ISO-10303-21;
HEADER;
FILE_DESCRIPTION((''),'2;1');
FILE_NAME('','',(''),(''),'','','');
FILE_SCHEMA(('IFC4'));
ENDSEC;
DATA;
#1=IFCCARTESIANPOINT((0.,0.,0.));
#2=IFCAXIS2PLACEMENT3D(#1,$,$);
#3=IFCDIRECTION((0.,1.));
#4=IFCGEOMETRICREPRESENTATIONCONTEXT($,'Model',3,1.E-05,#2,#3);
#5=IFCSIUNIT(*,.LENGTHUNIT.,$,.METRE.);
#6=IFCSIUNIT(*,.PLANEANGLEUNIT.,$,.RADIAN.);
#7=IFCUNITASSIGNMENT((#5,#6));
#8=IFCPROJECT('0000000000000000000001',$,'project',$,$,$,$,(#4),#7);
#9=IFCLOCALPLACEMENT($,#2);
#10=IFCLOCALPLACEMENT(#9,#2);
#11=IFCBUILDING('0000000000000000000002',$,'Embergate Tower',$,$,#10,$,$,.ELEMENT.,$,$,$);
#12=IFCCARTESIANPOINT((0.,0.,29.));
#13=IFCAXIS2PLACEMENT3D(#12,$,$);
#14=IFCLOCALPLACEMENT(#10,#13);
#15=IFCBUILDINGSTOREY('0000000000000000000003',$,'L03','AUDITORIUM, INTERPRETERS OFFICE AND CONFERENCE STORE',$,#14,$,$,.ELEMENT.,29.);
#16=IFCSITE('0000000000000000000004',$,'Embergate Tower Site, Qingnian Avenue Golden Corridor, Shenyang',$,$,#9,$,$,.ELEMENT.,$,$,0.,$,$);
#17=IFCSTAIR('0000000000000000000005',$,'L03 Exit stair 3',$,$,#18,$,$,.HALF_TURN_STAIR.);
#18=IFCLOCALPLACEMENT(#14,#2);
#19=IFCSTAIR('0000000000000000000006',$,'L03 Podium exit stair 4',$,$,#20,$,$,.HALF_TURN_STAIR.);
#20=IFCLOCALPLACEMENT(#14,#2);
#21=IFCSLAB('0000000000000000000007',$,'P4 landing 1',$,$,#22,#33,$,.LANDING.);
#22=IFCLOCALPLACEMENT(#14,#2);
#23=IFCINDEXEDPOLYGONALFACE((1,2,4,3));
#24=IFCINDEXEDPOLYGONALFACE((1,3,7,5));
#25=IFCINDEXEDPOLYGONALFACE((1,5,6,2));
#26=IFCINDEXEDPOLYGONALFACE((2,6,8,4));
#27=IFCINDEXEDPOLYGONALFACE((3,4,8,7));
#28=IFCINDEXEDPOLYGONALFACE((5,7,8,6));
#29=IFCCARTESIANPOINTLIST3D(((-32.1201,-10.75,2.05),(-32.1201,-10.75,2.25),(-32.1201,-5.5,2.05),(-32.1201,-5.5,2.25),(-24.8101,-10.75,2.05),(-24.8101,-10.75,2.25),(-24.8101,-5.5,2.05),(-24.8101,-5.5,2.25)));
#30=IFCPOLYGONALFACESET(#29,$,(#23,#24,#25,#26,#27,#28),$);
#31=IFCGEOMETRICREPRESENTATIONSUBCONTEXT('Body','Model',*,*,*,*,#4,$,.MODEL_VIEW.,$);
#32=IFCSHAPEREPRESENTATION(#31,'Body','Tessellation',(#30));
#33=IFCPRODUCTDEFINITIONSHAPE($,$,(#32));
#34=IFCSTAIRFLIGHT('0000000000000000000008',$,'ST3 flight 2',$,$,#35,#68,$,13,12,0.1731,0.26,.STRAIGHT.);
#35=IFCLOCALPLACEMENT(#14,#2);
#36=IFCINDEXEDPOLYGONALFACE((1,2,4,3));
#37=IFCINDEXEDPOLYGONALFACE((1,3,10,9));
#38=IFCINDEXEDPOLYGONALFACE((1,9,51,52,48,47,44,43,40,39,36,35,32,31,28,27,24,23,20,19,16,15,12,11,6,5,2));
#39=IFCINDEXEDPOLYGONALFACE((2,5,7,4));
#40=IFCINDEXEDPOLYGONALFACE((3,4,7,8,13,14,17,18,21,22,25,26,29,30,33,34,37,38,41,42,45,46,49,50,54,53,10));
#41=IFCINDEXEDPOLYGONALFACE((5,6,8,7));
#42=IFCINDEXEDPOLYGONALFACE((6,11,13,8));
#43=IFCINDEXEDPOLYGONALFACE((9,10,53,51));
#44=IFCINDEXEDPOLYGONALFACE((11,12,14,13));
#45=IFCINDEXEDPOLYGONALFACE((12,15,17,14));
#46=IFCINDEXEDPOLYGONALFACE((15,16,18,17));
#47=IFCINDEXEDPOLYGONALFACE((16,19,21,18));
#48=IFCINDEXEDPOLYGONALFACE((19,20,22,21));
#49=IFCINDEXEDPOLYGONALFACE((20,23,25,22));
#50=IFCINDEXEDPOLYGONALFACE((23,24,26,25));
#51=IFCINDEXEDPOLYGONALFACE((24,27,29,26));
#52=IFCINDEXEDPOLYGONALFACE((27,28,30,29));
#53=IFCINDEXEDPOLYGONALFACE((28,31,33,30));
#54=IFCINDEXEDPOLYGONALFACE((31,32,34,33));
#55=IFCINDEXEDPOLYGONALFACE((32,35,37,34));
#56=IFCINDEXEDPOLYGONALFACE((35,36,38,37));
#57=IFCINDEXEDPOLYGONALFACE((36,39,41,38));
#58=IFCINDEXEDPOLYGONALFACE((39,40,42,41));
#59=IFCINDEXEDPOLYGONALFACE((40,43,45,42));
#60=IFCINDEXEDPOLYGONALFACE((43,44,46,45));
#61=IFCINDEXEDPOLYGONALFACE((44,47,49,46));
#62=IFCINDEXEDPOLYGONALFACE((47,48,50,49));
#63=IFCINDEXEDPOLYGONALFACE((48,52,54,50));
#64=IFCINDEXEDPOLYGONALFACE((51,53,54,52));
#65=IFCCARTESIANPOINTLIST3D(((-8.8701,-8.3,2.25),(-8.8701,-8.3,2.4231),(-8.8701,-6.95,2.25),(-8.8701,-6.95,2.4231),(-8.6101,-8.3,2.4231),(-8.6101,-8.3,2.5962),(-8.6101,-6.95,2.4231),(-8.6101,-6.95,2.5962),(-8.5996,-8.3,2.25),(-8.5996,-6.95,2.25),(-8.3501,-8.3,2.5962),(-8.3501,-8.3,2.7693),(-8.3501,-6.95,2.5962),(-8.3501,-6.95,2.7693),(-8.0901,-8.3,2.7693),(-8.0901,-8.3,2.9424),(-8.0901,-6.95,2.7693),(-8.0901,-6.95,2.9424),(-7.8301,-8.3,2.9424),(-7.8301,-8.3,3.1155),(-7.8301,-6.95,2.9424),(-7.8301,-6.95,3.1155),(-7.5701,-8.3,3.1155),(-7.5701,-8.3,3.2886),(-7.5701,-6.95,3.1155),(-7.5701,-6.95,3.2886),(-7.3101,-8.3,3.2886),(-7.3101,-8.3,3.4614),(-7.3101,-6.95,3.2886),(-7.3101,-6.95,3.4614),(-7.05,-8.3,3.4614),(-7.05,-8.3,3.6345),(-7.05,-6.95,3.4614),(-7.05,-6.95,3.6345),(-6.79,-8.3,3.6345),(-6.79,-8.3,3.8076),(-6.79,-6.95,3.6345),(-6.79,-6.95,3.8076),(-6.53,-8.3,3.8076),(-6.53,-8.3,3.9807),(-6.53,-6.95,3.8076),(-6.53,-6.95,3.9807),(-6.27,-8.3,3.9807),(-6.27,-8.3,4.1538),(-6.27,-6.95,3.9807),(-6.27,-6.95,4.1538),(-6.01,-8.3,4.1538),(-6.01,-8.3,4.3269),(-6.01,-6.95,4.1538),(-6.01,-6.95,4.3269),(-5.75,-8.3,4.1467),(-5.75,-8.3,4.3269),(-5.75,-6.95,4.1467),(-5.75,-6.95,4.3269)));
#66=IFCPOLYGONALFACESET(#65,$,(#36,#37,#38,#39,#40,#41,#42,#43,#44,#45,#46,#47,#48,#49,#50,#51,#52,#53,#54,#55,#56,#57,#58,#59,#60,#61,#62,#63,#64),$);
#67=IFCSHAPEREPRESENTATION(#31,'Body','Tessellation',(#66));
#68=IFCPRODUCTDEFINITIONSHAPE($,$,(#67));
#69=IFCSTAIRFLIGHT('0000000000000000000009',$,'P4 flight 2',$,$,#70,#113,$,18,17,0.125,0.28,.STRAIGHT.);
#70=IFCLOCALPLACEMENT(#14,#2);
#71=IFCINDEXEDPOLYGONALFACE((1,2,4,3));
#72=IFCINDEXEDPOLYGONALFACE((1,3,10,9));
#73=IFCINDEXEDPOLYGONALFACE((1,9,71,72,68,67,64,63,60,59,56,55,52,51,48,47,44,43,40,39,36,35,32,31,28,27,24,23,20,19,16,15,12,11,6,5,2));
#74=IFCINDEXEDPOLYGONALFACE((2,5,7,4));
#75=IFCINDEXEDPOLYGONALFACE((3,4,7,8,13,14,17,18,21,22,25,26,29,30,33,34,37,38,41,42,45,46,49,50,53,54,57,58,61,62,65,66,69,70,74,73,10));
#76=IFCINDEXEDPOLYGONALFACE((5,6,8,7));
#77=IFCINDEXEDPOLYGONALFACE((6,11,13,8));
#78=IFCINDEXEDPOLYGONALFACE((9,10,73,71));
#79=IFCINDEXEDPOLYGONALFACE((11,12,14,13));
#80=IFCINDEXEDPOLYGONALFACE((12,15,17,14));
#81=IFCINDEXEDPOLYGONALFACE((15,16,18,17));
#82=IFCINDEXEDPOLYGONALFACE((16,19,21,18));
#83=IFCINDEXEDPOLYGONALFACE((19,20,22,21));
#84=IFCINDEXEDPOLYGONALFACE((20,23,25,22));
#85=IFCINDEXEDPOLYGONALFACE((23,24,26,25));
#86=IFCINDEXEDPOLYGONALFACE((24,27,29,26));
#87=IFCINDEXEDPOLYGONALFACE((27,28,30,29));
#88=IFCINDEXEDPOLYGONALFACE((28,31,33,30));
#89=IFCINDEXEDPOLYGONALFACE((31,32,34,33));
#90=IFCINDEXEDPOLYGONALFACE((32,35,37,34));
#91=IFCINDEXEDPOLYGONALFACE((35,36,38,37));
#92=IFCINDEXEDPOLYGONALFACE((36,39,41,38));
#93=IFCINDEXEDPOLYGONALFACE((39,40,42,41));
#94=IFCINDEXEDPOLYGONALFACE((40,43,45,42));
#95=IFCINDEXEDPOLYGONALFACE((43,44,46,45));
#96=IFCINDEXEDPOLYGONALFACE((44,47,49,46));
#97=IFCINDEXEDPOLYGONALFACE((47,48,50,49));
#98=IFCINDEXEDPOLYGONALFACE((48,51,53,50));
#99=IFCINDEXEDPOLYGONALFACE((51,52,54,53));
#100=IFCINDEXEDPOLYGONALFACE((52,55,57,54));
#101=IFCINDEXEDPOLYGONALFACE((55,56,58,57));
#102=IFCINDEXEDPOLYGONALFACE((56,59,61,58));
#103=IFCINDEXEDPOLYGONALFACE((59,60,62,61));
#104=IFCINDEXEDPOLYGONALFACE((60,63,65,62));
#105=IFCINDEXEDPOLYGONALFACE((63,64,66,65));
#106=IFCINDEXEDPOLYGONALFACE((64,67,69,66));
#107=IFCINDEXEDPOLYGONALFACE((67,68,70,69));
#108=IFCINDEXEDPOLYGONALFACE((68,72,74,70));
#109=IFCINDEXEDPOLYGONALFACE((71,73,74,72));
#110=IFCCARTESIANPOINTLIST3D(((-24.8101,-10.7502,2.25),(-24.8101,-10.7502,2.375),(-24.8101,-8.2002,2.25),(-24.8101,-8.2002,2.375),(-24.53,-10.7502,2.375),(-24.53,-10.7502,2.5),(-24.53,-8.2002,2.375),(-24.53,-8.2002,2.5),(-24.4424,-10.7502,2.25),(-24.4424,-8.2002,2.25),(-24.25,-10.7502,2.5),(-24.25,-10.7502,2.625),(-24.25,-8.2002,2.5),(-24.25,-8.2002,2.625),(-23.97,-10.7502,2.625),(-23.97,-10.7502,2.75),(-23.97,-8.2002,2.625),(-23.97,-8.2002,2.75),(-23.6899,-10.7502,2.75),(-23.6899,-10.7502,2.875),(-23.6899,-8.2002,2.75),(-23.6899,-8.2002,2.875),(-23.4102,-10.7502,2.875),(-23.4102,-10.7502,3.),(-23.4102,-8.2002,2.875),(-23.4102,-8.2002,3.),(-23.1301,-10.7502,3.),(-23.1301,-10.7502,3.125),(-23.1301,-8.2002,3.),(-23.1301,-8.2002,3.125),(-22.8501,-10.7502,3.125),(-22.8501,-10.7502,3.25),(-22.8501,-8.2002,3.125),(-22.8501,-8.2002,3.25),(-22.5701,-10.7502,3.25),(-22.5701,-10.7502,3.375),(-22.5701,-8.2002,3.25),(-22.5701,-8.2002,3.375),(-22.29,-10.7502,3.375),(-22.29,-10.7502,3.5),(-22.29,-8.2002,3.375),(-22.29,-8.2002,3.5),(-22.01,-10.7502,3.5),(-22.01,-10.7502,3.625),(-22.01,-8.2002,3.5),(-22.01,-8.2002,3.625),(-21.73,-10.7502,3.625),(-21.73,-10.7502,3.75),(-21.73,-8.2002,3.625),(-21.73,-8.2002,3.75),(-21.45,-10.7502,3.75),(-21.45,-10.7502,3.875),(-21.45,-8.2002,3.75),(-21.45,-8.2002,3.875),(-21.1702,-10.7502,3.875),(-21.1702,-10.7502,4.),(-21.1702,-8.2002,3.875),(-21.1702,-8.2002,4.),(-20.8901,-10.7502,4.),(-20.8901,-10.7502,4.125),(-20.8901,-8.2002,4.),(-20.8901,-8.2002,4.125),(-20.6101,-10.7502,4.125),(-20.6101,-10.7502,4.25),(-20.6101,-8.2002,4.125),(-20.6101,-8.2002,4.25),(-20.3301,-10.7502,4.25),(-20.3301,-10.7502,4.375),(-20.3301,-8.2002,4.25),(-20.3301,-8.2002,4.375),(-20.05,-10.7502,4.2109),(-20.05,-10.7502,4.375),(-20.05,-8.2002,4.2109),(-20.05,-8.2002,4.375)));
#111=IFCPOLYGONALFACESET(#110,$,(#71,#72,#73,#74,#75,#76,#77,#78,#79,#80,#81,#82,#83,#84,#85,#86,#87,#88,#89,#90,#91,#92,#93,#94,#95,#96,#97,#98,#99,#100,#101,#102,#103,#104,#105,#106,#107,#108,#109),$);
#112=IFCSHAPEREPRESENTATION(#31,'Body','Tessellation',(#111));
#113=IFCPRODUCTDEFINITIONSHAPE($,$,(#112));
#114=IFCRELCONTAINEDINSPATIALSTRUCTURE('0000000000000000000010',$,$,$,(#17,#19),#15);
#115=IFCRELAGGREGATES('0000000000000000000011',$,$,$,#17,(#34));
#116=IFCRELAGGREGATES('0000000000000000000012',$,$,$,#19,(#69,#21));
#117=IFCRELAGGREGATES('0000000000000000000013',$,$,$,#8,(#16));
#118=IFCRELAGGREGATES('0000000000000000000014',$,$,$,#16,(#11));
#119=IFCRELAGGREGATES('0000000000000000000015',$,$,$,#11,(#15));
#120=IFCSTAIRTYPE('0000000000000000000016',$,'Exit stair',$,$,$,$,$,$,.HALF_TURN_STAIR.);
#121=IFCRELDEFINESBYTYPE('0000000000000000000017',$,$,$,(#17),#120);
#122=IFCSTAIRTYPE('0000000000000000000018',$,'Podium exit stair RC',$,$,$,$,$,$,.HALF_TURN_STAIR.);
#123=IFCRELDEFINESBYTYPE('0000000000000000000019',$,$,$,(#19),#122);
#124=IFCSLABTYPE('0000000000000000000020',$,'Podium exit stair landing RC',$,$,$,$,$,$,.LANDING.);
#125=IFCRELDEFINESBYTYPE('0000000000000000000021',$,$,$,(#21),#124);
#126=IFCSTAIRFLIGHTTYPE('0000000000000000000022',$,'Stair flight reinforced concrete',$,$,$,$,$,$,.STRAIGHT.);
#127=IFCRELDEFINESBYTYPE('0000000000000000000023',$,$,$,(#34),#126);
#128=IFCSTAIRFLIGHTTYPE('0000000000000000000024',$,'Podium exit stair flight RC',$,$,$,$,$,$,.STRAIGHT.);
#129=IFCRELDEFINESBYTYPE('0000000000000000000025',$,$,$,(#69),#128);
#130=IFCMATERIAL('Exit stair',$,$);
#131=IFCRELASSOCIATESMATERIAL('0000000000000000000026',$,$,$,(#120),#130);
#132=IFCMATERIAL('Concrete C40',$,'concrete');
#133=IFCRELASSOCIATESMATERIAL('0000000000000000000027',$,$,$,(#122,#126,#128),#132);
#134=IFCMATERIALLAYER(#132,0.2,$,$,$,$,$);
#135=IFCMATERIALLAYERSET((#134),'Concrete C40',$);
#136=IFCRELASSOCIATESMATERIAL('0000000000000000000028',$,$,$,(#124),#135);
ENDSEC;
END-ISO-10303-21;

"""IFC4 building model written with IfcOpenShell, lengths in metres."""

from ifc_helpers import new_model, si_unit, direction, frame, origin, place, context, subcontext, project, spatial, polyline, outline, extrude, source, transform, mapped, material, layer, layer_set, type_object, element, aggregate, save


model = new_model("IFC4")

# Units and contexts
model_context = context("Model", 3, precision=1e-05, world=origin(), true_north=direction((0.0, 1.0)))
body_context = subcontext(model_context, "Body", "Model", "MODEL_VIEW")
ifc_project = project(units=[si_unit("LENGTHUNIT", "METRE"), si_unit("PLANEANGLEUNIT", "RADIAN")], contexts=[model_context])

# Site, building, storey
site_placement = place(None, origin())
site = spatial("IfcSite", under=ifc_project, at=site_placement, Name="Embergate Tower Site, Qingnian Avenue Golden Corridor, Shenyang", CompositionType="ELEMENT", RefElevation=0.0)
building_placement = place(site_placement, origin())
building = spatial("IfcBuilding", under=site, at=building_placement, Name="Embergate Tower", CompositionType="ELEMENT")
storey_placement = place(building_placement, frame((0.0, 0.0, 29.0)))
storey = spatial("IfcBuildingStorey", under=building, at=storey_placement, Name="L03", Description="AUDITORIUM, INTERPRETERS OFFICE AND CONFERENCE STORE", CompositionType="ELEMENT", Elevation=29.0)

# Stairs, slab
ifc_material_1 = material(Name="Exit stair")
stair_type_1 = type_object("IfcStairType", Name="Exit stair", PredefinedType="HALF_TURN_STAIR", material=ifc_material_1)
stair_1_placement = place(storey_placement, origin())
stair_1 = element("IfcStair", 1, at=stair_1_placement, inside=storey, type_object=stair_type_1, Name="L03 Exit stair 3", PredefinedType="HALF_TURN_STAIR")
ifc_material_2 = material(Name="Concrete C40", Category="concrete")
stair_type_2 = type_object("IfcStairType", Name="Podium exit stair RC", PredefinedType="HALF_TURN_STAIR", material=ifc_material_2)
stair_2_placement = place(storey_placement, origin())
stair_2 = element("IfcStair", 2, at=stair_2_placement, inside=storey, type_object=stair_type_2, Name="L03 Podium exit stair 4", PredefinedType="HALF_TURN_STAIR")
ifc_layer_1 = layer(ifc_material_2, 0.2)
ifc_layer_set_1 = layer_set([ifc_layer_1], Name="Concrete C40")
slab_type_1 = type_object("IfcSlabType", Name="Podium exit stair landing RC", PredefinedType="LANDING", material=ifc_layer_set_1)
shared_shape_1 = source(origin(), body_context, "Body", "SweptSolid", [
    extrude(outline(polyline([(0.0, 0.0), (7.3101, 0.0), (7.3101, 5.25), (0.0, 5.25), (0.0, 0.0)])), origin(), (0.0, 0.0, 1.0), 0.2),
])
slab_1_placement = place(storey_placement, frame((-32.1201, -10.75, 2.05)))
slab_1 = element("IfcSlab", 3, at=slab_1_placement, type_object=slab_type_1, Name="P4 landing 1", PredefinedType="LANDING", context=body_context, shape_type="MappedRepresentation", body=[
    mapped(shared_shape_1, transform((0.0, 0.0, 0.0))),
])

# Stair flights
stair_flight_type_1 = type_object("IfcStairFlightType", Name="Stair flight reinforced concrete", PredefinedType="STRAIGHT", material=ifc_material_2)
shared_shape_2 = source(origin(), body_context, "Body", "SweptSolid", [
    extrude(outline(polyline([(0.0, 0.0), (0.0, 0.1731), (0.26, 0.1731), (0.26, 0.3462), (0.52, 0.3462), (0.52, 0.5193), (0.78, 0.5193), (0.78, 0.6924), (1.04, 0.6924), (1.04, 0.8655), (1.3, 0.8655), (1.3, 1.0386), (1.5601, 1.0386), (1.5601, 1.2114), (1.8201, 1.2114), (1.8201, 1.3845), (2.0801, 1.3845), (2.0801, 1.5576), (2.3401, 1.5576), (2.3401, 1.7307), (2.6001, 1.7307), (2.6001, 1.9038), (2.8601, 1.9038), (2.8601, 2.0769), (3.1201, 2.0769), (3.1201, 2.25), (3.1201, 1.8967), (0.2705, 0.0), (0.0, 0.0)])), frame((0.0, 0.675, 0.0), z_axis=(0.0, -1.0, 0.0), x_axis=(1.0, 0.0, 0.0)), (0.0, 0.0, 1.0), 1.3501),
])
stair_flight_1_placement = place(storey_placement, frame((-8.8701, -7.625, 2.25), z_axis=(0.0, 0.0, 1.0), x_axis=(1.0, 0.0, 0.0)))
stair_flight_1 = element("IfcStairFlight", 4, at=stair_flight_1_placement, type_object=stair_flight_type_1, Name="ST3 flight 2", NumberOfRisers=13, NumberOfTreads=12, PredefinedType="STRAIGHT", RiserHeight=0.1731, TreadLength=0.26, context=body_context, shape_type="MappedRepresentation", body=[
    mapped(shared_shape_2, transform((0.0, 0.0, 0.0))),
])
aggregate(stair_1, [stair_flight_1])
stair_flight_type_2 = type_object("IfcStairFlightType", Name="Podium exit stair flight RC", PredefinedType="STRAIGHT", material=ifc_material_2)
shared_shape_3 = source(origin(), body_context, "Body", "SweptSolid", [
    extrude(outline(polyline([(0.0, 0.0), (0.0, 0.125), (0.28, 0.125), (0.28, 0.25), (0.5601, 0.25), (0.5601, 0.375), (0.8401, 0.375), (0.8401, 0.5), (1.1201, 0.5), (1.1201, 0.625), (1.3999, 0.625), (1.3999, 0.75), (1.6799, 0.75), (1.6799, 0.875), (1.96, 0.875), (1.96, 1.0), (2.24, 1.0), (2.24, 1.125), (2.52, 1.125), (2.52, 1.25), (2.8, 1.25), (2.8, 1.375), (3.0801, 1.375), (3.0801, 1.5), (3.3601, 1.5), (3.3601, 1.625), (3.6399, 1.625), (3.6399, 1.75), (3.9199, 1.75), (3.9199, 1.875), (4.2, 1.875), (4.2, 2.0), (4.48, 2.0), (4.48, 2.125), (4.76, 2.125), (4.76, 2.25), (4.76, 1.9609), (0.3677, 0.0), (0.0, 0.0)])), frame((0.0, 1.2749, 0.0), z_axis=(0.0, -1.0, 0.0), x_axis=(1.0, 0.0, 0.0)), (0.0, 0.0, 1.0), 2.55),
])
stair_flight_2_placement = place(storey_placement, frame((-24.8101, -9.4751, 2.25), z_axis=(0.0, 0.0, 1.0), x_axis=(1.0, 0.0, 0.0)))
stair_flight_2 = element("IfcStairFlight", 5, at=stair_flight_2_placement, type_object=stair_flight_type_2, Name="P4 flight 2", NumberOfRisers=18, NumberOfTreads=17, PredefinedType="STRAIGHT", RiserHeight=0.125, TreadLength=0.28, context=body_context, shape_type="MappedRepresentation", body=[
    mapped(shared_shape_3, transform((0.0, 0.0, 0.0))),
])
aggregate(stair_2, [stair_flight_2, slab_1])

save(model, "model.ifc")
